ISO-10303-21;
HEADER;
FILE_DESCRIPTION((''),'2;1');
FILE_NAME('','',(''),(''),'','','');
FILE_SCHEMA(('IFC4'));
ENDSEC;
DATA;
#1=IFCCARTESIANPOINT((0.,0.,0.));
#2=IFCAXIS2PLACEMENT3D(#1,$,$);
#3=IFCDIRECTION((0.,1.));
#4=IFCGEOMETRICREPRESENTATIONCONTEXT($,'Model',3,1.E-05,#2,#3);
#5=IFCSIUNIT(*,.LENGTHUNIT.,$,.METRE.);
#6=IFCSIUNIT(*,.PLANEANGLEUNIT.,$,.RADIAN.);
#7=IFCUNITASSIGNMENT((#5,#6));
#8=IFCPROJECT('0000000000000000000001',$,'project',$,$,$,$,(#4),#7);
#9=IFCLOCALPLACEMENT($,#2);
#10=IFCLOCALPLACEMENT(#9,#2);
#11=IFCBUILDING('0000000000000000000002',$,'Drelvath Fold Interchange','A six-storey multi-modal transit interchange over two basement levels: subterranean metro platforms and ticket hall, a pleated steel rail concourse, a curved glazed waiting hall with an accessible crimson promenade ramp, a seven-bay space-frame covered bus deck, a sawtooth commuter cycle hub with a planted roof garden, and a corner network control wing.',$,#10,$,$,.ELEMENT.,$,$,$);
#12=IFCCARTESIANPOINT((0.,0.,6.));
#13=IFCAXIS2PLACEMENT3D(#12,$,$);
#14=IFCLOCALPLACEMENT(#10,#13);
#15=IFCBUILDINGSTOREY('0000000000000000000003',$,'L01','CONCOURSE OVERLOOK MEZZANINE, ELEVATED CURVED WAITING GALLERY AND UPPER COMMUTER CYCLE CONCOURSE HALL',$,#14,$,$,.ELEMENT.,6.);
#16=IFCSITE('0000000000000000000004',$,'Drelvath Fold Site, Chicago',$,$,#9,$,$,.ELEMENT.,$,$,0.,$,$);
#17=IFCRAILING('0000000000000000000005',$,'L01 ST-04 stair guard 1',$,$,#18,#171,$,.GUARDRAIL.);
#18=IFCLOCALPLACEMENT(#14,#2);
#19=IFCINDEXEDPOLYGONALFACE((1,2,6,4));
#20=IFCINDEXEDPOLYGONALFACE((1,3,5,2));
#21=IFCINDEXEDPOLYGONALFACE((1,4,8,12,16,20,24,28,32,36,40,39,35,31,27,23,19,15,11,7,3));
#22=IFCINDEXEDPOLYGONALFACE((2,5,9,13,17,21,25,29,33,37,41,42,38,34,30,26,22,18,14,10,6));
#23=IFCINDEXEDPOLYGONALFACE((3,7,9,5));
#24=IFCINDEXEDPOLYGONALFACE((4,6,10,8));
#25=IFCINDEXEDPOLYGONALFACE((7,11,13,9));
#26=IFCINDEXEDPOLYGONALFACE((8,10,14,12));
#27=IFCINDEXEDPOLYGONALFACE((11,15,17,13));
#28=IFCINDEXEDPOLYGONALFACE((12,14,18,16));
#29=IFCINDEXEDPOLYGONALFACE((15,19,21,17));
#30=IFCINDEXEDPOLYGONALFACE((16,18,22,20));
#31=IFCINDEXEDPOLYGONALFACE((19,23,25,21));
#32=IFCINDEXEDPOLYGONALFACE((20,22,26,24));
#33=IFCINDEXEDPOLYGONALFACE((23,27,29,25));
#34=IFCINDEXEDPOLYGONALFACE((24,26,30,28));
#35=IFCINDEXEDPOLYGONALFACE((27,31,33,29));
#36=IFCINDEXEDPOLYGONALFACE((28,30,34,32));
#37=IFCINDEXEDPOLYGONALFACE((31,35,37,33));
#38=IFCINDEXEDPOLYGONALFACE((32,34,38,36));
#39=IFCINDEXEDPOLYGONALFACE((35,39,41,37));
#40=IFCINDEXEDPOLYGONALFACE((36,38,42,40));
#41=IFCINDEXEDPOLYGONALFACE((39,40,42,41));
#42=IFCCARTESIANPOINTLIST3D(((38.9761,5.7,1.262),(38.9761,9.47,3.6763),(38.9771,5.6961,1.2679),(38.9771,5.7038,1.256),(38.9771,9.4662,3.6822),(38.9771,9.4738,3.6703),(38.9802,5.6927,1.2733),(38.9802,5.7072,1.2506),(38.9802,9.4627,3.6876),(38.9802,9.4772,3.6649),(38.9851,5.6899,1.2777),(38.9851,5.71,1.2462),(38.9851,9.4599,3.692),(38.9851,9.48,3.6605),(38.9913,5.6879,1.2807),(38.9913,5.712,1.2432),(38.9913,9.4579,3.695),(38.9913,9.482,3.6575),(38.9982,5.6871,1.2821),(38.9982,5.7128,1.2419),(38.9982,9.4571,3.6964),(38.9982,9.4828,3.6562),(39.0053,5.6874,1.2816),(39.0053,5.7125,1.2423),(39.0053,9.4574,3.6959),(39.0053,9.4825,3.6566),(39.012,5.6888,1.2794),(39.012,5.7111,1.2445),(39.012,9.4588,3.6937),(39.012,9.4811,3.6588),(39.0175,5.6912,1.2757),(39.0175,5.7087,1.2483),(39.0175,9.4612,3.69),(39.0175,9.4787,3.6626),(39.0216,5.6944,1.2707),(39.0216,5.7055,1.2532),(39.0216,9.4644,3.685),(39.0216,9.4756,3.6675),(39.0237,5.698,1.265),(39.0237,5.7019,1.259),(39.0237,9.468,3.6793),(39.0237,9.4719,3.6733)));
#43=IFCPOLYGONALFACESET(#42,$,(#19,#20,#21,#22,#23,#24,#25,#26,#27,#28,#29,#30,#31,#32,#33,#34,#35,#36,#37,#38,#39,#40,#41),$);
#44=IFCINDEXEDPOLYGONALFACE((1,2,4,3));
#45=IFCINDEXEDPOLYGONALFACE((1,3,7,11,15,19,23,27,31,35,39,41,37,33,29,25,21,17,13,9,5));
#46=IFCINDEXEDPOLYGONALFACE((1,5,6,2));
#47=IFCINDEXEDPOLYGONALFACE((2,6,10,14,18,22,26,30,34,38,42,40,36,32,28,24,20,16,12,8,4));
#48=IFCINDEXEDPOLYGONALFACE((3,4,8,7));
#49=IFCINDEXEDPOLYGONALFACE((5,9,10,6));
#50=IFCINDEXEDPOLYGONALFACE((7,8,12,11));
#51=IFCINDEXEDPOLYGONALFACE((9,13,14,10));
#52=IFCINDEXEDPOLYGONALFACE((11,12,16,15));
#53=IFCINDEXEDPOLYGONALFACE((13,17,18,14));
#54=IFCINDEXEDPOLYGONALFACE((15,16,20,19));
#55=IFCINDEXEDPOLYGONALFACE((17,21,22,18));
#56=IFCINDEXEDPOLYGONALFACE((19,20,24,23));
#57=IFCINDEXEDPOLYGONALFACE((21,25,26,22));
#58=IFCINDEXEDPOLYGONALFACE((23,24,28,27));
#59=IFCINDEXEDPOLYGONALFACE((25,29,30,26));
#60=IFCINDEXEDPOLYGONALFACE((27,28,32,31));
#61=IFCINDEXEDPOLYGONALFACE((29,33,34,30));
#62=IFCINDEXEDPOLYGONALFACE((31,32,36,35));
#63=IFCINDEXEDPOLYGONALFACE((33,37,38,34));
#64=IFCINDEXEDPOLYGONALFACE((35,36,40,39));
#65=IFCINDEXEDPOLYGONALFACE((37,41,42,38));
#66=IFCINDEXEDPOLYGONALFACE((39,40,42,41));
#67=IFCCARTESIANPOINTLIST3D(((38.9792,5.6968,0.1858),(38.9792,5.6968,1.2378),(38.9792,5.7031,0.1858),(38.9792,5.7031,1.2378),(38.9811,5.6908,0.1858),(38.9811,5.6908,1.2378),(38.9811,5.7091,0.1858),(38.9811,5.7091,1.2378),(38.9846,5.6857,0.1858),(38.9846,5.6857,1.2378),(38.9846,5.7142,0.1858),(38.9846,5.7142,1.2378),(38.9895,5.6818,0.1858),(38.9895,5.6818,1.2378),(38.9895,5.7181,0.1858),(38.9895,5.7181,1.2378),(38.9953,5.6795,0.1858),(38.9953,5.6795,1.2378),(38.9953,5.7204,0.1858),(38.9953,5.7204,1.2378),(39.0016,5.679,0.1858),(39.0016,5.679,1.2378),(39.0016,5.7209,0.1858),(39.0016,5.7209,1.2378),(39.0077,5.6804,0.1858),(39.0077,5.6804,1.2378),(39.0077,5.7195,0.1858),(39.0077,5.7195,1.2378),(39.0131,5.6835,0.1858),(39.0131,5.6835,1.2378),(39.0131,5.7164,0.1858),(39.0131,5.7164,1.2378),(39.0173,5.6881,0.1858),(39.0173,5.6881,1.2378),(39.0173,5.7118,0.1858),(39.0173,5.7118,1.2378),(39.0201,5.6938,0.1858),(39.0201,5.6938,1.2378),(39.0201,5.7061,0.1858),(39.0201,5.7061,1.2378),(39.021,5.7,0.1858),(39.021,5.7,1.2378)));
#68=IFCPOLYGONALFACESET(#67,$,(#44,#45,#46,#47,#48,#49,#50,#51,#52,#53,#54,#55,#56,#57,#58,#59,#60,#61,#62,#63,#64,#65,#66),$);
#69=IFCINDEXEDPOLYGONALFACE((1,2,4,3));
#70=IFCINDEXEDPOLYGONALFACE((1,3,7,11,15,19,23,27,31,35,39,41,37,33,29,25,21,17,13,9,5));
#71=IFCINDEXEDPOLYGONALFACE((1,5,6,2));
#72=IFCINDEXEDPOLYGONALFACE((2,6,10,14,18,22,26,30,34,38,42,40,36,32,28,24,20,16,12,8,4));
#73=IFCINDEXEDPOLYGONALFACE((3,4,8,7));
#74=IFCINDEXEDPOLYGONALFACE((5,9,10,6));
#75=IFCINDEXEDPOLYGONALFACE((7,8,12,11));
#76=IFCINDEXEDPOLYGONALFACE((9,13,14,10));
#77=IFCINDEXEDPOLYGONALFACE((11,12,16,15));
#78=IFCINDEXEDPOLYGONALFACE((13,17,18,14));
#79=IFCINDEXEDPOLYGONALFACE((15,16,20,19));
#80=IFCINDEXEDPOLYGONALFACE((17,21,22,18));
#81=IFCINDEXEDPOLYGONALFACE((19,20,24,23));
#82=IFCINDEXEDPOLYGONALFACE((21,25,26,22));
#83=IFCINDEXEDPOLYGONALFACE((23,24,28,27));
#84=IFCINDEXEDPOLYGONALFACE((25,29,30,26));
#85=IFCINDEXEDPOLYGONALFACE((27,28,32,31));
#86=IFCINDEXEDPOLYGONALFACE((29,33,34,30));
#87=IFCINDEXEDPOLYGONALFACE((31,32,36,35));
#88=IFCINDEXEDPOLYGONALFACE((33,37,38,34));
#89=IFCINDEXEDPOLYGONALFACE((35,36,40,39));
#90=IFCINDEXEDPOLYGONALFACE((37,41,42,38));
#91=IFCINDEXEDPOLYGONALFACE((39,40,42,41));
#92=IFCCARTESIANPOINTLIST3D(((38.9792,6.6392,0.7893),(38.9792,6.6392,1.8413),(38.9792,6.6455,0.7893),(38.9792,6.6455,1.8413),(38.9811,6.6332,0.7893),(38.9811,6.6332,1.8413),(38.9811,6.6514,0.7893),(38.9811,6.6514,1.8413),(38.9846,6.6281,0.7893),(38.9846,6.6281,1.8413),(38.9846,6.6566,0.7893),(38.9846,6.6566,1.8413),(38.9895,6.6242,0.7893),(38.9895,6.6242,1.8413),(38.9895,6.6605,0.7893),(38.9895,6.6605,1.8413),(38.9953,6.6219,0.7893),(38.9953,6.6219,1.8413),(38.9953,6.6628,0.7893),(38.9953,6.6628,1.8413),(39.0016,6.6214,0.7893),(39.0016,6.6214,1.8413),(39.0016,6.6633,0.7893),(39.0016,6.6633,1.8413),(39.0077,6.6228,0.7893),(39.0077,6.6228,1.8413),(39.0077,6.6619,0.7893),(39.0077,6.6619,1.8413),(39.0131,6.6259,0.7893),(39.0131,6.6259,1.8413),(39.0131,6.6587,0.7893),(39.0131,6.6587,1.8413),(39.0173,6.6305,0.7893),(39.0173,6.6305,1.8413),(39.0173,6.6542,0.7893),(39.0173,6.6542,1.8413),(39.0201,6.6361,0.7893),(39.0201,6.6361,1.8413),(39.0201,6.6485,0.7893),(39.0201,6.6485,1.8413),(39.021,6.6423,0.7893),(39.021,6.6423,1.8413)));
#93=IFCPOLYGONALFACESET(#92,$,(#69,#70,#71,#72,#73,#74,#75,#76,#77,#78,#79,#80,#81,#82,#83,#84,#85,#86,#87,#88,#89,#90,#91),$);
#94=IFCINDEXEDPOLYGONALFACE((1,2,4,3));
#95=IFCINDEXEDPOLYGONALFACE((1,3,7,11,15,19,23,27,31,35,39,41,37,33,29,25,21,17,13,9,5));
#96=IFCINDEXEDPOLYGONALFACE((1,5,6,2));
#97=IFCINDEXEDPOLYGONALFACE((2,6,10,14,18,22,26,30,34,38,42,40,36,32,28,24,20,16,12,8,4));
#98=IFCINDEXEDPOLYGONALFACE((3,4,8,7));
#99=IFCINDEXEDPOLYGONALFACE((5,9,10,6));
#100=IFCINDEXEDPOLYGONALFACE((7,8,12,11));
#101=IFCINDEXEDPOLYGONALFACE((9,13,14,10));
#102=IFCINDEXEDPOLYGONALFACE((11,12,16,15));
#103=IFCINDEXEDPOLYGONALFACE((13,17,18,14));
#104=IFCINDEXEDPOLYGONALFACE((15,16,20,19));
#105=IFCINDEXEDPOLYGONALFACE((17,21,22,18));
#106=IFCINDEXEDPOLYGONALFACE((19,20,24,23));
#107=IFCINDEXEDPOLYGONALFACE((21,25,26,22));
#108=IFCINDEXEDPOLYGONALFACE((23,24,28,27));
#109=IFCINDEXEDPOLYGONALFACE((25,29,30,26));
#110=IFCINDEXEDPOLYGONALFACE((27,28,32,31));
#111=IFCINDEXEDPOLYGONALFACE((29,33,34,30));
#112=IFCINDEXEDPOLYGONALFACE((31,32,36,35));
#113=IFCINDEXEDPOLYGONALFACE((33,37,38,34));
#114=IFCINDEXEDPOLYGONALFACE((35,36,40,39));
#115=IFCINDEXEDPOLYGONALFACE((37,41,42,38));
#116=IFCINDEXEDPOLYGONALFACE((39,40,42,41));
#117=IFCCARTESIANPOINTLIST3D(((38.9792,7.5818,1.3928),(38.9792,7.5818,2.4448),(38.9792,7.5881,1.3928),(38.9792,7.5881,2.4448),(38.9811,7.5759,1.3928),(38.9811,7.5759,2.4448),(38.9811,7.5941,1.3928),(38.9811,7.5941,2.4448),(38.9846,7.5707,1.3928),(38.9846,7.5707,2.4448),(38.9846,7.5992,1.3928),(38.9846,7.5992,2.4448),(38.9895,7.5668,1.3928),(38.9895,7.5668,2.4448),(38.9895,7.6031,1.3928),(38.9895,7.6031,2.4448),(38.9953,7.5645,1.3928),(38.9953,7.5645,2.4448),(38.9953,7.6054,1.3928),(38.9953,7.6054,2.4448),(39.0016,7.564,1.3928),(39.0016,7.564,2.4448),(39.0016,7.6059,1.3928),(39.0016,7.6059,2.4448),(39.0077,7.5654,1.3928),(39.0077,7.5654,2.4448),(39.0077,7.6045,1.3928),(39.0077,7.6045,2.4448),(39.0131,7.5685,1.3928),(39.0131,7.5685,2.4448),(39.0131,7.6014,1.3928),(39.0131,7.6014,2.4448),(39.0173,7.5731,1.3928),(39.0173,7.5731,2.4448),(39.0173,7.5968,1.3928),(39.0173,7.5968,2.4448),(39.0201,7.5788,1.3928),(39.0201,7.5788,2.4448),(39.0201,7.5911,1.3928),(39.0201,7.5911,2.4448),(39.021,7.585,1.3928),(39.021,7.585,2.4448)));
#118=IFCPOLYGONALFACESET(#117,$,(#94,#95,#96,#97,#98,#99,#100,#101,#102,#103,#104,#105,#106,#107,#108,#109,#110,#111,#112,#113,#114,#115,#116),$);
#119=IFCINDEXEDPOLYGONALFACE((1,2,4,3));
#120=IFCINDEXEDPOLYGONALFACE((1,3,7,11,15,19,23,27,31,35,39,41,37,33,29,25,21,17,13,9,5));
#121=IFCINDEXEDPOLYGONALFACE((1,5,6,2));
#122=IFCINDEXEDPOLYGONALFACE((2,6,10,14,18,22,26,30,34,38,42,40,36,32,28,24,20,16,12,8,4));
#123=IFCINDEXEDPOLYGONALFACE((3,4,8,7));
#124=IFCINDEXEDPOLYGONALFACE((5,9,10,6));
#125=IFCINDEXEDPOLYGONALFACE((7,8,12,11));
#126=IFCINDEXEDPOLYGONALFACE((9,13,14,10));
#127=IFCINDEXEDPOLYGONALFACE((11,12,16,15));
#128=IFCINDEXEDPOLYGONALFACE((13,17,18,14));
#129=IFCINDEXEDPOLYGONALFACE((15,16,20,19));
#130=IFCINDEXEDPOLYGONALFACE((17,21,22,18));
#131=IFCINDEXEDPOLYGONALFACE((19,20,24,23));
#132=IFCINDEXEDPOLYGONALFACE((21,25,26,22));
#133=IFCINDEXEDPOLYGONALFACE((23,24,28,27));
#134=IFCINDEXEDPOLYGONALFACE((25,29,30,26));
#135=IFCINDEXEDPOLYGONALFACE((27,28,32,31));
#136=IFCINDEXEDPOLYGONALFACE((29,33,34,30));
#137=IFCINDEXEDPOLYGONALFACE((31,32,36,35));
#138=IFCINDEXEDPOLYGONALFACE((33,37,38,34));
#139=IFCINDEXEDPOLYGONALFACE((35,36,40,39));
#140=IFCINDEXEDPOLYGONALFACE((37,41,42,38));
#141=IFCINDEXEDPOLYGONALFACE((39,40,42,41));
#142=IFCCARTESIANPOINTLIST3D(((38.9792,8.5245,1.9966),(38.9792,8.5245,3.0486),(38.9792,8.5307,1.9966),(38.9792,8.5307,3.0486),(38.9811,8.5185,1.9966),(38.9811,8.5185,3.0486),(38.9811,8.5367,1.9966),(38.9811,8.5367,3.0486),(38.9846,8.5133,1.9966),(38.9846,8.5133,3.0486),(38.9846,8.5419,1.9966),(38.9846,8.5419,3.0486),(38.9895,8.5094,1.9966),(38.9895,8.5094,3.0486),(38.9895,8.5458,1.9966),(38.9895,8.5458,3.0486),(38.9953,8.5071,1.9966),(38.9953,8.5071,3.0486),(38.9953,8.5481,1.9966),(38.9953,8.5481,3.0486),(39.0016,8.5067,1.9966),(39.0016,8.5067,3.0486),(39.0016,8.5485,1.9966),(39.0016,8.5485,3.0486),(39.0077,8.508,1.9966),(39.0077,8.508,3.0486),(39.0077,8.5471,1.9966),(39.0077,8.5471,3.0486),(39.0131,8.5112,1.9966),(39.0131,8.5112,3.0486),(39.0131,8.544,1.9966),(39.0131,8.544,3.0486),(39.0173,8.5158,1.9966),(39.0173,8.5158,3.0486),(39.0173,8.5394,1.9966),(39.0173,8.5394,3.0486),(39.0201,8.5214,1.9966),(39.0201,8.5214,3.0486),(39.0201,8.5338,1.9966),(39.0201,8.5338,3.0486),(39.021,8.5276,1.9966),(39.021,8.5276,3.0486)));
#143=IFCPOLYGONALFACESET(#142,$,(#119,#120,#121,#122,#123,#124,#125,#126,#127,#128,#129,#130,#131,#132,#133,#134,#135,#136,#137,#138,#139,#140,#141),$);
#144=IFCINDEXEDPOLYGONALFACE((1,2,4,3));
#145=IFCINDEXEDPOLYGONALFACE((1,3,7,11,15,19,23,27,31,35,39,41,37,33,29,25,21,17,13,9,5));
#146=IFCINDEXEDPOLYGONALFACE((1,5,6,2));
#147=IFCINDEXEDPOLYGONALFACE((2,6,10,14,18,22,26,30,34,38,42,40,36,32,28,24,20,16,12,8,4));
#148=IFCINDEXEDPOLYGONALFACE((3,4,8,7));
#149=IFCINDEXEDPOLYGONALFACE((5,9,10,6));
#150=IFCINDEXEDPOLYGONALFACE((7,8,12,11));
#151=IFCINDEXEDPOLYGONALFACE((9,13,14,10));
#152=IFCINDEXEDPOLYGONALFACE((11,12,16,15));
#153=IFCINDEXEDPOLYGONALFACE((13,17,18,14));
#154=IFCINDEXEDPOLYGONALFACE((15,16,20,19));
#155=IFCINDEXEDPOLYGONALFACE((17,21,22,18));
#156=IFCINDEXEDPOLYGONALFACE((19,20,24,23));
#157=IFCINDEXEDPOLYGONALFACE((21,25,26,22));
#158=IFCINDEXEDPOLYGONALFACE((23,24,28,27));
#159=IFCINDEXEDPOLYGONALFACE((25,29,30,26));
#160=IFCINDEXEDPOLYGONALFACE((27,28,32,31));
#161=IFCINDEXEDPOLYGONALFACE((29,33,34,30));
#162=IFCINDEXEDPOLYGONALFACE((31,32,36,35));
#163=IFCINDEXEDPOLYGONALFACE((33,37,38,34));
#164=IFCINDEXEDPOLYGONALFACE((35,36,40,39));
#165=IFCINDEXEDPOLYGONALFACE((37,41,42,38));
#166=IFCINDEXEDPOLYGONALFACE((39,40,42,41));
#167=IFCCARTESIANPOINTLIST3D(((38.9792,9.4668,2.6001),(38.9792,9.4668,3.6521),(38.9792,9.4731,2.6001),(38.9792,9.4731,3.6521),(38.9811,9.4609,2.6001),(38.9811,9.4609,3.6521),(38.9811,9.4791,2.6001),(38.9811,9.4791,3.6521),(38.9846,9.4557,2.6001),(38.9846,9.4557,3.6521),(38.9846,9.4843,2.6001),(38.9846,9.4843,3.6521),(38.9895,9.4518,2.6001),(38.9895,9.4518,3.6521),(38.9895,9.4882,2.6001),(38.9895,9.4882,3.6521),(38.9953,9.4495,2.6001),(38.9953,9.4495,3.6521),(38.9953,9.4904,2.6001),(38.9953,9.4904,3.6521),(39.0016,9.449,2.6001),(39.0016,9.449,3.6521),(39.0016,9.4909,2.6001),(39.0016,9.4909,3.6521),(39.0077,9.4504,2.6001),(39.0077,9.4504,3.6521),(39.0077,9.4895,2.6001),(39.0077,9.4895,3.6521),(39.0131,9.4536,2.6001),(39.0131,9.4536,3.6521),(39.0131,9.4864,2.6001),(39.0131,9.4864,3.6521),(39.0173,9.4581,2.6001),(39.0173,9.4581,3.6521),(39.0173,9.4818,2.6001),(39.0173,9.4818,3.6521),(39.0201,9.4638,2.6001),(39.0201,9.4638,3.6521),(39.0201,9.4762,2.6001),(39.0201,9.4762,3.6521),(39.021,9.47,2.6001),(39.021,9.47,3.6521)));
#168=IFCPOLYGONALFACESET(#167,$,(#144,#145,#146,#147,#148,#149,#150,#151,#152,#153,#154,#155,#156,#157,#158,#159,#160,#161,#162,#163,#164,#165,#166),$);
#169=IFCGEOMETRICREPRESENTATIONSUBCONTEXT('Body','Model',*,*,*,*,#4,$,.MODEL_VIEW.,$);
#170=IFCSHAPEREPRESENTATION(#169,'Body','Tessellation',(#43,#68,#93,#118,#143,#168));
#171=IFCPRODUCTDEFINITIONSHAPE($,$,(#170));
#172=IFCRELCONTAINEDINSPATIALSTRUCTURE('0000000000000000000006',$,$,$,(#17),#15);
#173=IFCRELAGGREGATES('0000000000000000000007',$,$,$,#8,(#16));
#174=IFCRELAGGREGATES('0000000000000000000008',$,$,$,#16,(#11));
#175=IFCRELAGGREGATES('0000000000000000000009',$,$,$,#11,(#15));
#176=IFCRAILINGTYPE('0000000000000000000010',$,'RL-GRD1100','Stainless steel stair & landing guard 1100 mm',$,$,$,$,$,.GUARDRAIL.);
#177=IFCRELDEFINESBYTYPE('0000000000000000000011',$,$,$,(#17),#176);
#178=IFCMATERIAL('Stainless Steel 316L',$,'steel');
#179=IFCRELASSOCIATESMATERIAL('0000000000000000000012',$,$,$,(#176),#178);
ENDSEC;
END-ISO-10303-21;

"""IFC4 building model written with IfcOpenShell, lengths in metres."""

from ifc_helpers import new_model, si_unit, direction, frame, origin, origin_2d, place, context, subcontext, project, spatial, circle, extrude, material, type_object, element, save


model = new_model("IFC4")

# Units and contexts
model_context = context("Model", 3, precision=1e-05, world=origin(), true_north=direction((0.0, 1.0)))
body_context = subcontext(model_context, "Body", "Model", "MODEL_VIEW")
ifc_project = project(units=[si_unit("LENGTHUNIT", "METRE"), si_unit("PLANEANGLEUNIT", "RADIAN")], contexts=[model_context])

# Site, building, storey
site_placement = place(None, origin())
site = spatial("IfcSite", under=ifc_project, at=site_placement, Name="Drelvath Fold Site, Chicago", CompositionType="ELEMENT", RefElevation=0.0)
building_placement = place(site_placement, origin())
building = spatial("IfcBuilding", under=site, at=building_placement, Name="Drelvath Fold Interchange", Description="A six-storey multi-modal transit interchange over two basement levels: subterranean metro platforms and ticket hall, a pleated steel rail concourse, a curved glazed waiting hall with an accessible crimson promenade ramp, a seven-bay space-frame covered bus deck, a sawtooth commuter cycle hub with a planted roof garden, and a corner network control wing.", CompositionType="ELEMENT")
storey_placement = place(building_placement, frame((0.0, 0.0, 6.0)))
storey = spatial("IfcBuildingStorey", under=building, at=storey_placement, Name="L01", Description="CONCOURSE OVERLOOK MEZZANINE, ELEVATED CURVED WAITING GALLERY AND UPPER COMMUTER CYCLE CONCOURSE HALL", CompositionType="ELEMENT", Elevation=6.0)

# Railing
ifc_material_1 = material(Name="Stainless Steel 316L", Category="steel")
railing_type_1 = type_object("IfcRailingType", Name="RL-GRD1100", Description="Stainless steel stair & landing guard 1100 mm", PredefinedType="GUARDRAIL", material=ifc_material_1)
railing_1_placement = place(storey_placement, frame((39.0, 5.7, 0.1858)))
element("IfcRailing", 1, at=railing_1_placement, inside=storey, type_object=railing_type_1, Name="L01 ST-04 stair guard 1", PredefinedType="GUARDRAIL", context=body_context, shape_type="SweptSolid", body=[
    extrude(circle(Radius=0.0239, at=origin_2d()), frame((0.0, 0.0, 1.0762), z_axis=(0.0, 0.84212, 0.53929), x_axis=(-1.0, 0.0, 0.0)), (0.0, 0.0, 1.0), 4.4768),
    extrude(circle(Radius=0.021, at=origin_2d()), origin(), (0.0, 0.0, 1.0), 1.052),
    extrude(circle(Radius=0.021, at=origin_2d()), frame((0.0, 0.9424, 0.6035)), (0.0, 0.0, 1.0), 1.052),
    extrude(circle(Radius=0.021, at=origin_2d()), frame((0.0, 1.885, 1.207)), (0.0, 0.0, 1.0), 1.052),
    extrude(circle(Radius=0.021, at=origin_2d()), frame((0.0, 2.8276, 1.8108)), (0.0, 0.0, 1.0), 1.052),
    extrude(circle(Radius=0.021, at=origin_2d()), frame((0.0, 3.77, 2.4143)), (0.0, 0.0, 1.0), 1.052),
])

save(model, "model.ifc")
